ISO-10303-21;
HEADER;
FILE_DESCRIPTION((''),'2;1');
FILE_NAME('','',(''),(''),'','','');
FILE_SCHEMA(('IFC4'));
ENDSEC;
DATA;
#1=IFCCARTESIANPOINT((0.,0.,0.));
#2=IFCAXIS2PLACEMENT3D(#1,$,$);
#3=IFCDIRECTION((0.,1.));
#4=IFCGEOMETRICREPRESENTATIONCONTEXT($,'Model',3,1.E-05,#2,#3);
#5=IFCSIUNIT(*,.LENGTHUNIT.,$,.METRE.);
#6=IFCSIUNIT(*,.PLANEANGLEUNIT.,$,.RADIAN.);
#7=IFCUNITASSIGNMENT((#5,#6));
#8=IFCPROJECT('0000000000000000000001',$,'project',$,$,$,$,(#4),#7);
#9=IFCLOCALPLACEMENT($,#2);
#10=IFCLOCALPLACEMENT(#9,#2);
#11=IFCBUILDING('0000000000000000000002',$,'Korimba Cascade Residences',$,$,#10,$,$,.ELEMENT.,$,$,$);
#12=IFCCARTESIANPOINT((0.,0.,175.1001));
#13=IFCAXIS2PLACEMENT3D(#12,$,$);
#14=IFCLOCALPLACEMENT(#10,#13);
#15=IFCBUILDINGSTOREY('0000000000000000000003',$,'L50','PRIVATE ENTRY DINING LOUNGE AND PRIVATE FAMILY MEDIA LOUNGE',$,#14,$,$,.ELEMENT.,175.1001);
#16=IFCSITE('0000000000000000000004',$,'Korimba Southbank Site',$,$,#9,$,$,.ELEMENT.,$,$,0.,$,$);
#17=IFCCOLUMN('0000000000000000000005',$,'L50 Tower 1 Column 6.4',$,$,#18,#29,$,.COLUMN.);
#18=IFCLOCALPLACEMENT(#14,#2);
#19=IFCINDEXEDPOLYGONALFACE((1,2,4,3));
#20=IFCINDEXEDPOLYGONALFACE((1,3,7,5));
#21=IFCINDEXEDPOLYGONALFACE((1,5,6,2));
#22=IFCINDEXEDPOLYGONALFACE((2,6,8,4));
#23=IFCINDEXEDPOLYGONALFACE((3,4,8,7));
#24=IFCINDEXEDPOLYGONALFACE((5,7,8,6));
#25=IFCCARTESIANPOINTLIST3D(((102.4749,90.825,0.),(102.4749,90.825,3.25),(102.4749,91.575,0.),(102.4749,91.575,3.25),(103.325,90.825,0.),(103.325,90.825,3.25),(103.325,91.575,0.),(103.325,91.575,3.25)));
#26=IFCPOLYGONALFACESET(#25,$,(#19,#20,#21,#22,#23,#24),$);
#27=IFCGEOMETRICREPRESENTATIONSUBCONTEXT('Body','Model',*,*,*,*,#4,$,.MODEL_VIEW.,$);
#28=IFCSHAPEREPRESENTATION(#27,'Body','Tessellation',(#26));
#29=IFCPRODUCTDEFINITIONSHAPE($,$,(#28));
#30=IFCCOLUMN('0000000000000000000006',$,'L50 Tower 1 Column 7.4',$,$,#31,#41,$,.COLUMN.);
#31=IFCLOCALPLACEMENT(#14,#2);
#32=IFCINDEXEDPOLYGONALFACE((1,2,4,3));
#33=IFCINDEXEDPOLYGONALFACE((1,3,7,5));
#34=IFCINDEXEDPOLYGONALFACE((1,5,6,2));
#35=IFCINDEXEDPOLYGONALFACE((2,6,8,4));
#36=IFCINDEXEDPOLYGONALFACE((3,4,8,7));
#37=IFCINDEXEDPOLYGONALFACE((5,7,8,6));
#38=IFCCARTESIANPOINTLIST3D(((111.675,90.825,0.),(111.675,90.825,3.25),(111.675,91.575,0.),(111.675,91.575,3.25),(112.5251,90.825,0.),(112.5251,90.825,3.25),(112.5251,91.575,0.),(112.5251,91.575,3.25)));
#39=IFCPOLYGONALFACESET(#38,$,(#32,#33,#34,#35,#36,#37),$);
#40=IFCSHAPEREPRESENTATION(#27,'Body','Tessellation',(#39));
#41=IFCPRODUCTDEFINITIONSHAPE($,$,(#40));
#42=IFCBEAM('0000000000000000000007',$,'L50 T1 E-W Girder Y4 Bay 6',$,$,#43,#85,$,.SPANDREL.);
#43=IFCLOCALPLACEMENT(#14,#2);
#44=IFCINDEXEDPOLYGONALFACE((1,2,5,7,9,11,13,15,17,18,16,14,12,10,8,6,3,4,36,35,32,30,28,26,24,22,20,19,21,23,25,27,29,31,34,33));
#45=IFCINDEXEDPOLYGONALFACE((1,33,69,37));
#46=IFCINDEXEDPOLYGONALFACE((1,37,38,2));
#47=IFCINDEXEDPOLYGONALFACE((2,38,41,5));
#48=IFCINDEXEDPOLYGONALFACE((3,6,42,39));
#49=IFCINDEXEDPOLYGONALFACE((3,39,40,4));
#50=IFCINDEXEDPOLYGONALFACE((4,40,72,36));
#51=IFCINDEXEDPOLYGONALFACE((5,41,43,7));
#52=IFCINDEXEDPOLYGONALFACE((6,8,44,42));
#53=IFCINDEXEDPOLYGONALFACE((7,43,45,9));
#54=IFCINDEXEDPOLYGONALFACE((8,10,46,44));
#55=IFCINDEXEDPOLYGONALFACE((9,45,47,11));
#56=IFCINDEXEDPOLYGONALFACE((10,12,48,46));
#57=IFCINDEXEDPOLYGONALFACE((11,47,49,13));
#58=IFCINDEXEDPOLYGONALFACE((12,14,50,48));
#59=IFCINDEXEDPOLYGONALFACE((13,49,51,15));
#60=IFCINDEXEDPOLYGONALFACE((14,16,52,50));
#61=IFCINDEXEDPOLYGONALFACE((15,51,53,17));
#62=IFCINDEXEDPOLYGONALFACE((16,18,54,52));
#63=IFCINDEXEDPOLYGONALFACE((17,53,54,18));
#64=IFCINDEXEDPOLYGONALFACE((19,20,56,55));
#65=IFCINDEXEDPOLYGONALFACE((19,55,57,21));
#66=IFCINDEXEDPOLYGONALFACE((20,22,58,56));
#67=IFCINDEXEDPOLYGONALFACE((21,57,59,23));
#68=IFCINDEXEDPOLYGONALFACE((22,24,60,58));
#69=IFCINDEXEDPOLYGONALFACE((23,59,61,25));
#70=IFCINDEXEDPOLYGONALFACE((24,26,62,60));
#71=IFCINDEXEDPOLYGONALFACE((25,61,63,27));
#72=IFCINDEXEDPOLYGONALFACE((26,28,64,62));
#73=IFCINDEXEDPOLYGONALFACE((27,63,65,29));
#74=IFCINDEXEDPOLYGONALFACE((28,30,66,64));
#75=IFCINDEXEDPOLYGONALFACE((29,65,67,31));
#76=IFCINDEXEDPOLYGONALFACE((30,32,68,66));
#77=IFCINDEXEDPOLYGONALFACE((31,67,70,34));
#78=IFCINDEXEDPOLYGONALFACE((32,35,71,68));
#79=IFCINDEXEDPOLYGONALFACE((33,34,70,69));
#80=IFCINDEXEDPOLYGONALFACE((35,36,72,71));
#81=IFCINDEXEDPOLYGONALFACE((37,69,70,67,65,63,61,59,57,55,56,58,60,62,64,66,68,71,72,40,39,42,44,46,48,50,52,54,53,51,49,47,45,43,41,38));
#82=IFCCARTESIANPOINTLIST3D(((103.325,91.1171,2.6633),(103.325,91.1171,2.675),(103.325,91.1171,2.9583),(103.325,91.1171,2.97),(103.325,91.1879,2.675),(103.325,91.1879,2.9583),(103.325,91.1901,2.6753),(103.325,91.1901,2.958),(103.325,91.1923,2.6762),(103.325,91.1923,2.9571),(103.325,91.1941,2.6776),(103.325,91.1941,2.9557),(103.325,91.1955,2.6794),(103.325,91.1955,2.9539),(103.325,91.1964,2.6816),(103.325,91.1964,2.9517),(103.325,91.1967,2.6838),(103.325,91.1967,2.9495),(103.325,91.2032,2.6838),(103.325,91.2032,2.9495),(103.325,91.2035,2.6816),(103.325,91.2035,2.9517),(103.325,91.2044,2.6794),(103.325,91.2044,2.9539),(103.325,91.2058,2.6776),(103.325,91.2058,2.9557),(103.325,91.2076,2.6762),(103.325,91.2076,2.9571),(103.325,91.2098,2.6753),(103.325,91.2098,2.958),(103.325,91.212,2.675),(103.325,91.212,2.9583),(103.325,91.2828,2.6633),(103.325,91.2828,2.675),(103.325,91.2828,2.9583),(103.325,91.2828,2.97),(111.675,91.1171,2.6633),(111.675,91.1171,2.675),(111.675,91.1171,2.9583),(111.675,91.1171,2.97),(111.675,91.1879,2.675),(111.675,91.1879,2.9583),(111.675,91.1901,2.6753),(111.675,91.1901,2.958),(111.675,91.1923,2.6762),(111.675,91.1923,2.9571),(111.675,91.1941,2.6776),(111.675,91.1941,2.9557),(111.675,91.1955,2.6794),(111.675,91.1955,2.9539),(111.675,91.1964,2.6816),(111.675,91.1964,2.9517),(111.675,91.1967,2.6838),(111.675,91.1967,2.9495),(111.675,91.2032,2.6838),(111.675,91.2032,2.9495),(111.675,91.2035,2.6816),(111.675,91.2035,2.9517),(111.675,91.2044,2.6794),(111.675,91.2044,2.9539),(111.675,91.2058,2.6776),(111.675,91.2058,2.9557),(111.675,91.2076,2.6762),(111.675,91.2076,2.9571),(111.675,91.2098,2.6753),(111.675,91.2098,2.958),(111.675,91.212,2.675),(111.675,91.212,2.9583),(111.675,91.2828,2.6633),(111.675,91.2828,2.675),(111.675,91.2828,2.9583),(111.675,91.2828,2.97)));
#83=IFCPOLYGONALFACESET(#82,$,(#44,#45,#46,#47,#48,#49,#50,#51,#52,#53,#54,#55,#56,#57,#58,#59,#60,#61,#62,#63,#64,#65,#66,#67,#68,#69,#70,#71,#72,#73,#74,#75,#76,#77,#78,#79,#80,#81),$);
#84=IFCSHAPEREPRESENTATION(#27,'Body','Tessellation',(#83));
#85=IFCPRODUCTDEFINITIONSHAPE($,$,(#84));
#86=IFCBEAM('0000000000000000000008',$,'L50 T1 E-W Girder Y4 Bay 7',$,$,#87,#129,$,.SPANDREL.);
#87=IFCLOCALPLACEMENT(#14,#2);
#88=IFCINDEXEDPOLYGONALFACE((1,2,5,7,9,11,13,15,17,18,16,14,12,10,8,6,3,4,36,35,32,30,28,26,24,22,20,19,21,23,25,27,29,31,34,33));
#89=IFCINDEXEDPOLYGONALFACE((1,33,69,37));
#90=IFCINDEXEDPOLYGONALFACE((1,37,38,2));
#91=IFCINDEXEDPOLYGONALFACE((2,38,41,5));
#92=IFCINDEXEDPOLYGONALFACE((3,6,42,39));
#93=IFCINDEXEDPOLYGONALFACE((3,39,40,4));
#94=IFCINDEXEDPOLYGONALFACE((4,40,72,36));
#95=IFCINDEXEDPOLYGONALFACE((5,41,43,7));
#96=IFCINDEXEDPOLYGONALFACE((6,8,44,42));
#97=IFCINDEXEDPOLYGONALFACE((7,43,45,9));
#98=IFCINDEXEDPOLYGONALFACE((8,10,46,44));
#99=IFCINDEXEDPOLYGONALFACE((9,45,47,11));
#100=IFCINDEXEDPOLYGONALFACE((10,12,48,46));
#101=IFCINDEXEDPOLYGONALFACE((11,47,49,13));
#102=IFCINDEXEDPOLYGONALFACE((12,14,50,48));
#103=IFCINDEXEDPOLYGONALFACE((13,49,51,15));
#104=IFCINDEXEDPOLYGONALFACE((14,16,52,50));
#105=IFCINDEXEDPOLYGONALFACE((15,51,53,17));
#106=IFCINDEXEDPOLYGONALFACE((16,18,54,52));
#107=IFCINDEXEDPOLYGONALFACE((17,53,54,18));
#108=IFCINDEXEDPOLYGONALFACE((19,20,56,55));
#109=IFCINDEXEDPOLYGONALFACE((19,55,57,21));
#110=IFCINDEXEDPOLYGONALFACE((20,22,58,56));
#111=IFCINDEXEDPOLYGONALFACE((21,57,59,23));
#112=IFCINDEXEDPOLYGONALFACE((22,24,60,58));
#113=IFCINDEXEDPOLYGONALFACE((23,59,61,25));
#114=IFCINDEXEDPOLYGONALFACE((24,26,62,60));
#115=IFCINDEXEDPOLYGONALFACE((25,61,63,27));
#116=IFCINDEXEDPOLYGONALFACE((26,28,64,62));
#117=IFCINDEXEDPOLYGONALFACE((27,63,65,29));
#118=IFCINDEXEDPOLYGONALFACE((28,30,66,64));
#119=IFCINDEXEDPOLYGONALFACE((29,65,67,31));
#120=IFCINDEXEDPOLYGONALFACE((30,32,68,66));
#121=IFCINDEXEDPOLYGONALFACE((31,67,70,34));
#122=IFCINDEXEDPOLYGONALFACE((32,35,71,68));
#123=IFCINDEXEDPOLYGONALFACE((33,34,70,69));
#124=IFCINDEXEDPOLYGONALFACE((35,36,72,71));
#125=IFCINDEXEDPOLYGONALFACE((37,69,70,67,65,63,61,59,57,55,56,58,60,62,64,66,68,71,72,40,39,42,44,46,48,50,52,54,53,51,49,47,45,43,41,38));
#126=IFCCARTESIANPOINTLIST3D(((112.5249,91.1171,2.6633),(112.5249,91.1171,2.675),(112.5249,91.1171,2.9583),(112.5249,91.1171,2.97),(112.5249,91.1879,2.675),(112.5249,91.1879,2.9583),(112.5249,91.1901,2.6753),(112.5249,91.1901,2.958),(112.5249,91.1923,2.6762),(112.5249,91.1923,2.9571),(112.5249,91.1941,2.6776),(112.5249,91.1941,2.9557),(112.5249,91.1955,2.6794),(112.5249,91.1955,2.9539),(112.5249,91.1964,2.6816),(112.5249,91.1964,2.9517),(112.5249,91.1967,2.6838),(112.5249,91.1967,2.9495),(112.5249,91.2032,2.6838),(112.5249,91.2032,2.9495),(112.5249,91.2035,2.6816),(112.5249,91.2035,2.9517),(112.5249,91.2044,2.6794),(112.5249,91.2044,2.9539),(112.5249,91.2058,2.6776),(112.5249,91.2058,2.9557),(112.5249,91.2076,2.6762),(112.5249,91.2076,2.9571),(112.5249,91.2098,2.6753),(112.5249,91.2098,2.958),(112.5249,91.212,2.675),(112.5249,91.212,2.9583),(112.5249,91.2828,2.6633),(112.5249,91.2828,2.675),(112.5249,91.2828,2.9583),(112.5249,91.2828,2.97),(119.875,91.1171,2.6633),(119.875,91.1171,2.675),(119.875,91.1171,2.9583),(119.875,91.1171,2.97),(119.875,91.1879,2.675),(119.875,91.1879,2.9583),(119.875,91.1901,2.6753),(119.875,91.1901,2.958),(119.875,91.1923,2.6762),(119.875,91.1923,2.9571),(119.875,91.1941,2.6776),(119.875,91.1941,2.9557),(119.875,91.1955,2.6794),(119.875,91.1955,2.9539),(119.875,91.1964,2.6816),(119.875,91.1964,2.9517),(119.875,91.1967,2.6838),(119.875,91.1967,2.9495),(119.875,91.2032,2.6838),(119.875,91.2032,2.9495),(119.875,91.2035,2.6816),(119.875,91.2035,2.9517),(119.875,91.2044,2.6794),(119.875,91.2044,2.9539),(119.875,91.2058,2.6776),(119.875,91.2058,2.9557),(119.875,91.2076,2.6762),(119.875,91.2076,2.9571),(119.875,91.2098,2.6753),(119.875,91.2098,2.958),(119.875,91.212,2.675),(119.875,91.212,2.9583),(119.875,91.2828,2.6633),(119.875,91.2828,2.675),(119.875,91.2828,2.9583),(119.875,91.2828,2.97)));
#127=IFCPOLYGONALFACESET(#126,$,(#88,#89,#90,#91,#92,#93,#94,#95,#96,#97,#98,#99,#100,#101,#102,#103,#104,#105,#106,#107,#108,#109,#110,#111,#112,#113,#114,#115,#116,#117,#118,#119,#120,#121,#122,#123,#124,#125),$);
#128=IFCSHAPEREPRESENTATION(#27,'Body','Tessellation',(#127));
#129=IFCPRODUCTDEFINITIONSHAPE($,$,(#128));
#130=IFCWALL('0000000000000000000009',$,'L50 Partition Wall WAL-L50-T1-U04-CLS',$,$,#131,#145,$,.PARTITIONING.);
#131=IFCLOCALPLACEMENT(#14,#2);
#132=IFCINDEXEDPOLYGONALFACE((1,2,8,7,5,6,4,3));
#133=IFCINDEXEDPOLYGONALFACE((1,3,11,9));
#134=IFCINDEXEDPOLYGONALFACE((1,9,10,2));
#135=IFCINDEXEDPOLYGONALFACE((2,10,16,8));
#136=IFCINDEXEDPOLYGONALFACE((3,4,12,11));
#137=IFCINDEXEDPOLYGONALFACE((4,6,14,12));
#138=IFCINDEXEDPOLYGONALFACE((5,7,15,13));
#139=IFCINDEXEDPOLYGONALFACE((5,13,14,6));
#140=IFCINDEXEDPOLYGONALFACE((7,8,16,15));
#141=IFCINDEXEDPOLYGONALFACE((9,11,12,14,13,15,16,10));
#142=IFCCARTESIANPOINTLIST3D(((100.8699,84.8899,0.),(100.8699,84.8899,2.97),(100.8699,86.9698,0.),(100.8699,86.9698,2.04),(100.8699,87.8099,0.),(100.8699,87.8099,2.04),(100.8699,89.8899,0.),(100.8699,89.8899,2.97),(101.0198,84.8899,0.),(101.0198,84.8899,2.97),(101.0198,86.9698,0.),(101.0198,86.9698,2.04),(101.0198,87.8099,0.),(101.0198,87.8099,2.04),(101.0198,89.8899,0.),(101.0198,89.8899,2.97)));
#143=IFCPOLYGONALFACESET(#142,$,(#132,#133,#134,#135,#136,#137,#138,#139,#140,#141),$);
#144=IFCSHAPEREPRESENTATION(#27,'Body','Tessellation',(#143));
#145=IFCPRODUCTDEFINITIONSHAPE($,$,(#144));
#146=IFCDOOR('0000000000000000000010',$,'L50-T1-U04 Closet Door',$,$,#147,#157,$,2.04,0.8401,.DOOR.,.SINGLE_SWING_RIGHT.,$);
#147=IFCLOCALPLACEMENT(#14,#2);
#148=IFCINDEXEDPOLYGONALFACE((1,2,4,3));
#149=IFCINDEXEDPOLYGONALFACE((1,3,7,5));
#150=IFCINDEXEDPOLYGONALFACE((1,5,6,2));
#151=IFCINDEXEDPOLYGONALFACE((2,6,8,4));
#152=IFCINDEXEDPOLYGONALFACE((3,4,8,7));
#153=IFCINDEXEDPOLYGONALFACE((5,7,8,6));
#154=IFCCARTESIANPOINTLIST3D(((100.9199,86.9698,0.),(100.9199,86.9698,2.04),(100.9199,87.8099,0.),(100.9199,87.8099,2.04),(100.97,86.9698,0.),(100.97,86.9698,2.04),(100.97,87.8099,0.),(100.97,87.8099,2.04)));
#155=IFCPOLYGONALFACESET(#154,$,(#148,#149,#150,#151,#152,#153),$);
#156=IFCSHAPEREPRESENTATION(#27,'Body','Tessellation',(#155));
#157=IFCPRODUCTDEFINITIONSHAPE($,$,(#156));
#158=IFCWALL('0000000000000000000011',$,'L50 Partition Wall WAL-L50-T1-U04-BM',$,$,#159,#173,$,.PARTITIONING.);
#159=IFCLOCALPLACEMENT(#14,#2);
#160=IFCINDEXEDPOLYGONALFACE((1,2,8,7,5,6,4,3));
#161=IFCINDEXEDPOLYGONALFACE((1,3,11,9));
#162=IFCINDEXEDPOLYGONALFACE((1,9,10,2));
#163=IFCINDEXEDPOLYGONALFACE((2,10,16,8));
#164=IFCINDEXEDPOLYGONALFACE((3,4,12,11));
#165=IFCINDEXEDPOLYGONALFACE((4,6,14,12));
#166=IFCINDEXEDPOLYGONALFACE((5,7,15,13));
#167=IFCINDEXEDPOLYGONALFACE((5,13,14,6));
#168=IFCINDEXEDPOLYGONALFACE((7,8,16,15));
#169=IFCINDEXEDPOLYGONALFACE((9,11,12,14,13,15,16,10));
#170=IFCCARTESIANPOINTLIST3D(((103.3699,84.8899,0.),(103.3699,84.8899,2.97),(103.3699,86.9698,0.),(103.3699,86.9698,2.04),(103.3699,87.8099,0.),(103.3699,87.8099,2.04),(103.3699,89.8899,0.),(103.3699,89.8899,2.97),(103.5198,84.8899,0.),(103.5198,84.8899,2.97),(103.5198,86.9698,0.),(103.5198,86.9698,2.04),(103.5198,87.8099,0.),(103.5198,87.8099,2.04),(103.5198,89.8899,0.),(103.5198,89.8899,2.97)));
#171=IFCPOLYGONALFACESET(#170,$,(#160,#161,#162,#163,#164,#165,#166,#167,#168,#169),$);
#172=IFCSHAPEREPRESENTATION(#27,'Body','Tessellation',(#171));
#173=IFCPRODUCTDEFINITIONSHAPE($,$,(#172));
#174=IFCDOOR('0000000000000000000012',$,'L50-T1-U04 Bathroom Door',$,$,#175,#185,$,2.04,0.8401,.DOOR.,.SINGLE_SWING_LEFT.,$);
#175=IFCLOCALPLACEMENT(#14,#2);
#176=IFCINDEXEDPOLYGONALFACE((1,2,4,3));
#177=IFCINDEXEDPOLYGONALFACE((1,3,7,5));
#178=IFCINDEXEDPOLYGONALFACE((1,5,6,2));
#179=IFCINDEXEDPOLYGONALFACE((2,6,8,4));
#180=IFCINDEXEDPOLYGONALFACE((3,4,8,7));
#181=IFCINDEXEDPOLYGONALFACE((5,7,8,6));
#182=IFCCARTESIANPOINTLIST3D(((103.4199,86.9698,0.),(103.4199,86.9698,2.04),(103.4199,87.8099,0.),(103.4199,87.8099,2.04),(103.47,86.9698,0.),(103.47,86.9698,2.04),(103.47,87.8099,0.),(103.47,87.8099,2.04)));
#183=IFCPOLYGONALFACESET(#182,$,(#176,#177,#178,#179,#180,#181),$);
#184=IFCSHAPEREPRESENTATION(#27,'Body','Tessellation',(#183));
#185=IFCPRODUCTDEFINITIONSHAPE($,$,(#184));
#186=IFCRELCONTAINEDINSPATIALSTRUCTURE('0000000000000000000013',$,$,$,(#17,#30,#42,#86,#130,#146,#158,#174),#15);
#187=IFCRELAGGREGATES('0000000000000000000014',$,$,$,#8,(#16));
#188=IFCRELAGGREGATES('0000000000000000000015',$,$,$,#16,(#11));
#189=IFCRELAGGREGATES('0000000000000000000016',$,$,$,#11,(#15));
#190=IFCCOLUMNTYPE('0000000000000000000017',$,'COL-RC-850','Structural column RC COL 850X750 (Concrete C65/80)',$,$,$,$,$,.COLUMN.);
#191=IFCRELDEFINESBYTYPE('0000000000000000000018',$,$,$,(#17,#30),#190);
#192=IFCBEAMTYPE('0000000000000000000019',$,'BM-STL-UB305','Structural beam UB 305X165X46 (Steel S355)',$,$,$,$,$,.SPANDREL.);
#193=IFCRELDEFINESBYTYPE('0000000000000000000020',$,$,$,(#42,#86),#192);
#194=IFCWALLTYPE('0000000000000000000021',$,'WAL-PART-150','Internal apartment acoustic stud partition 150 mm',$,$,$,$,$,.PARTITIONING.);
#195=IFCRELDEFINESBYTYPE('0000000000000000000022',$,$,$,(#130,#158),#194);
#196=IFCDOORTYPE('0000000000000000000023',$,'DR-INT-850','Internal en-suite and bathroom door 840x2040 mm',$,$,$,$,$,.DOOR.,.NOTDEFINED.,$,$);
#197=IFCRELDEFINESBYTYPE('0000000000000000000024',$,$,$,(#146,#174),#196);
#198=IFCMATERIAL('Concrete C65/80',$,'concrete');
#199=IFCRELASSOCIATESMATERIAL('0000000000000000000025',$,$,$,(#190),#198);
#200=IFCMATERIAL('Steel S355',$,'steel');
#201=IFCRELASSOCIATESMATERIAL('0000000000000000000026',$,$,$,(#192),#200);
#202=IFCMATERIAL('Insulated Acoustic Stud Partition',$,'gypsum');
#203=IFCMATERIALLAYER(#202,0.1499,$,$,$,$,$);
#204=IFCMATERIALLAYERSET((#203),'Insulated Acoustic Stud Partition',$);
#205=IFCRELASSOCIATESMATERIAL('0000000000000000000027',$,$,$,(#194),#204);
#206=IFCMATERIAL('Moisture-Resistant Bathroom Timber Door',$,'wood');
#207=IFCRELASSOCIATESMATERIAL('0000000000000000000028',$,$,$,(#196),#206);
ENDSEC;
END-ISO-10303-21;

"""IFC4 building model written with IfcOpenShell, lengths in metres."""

from ifc_helpers import new_model, si_unit, direction, frame, frame_2d, origin, origin_2d, place, context, subcontext, project, spatial, rectangle, i_section, extrude, material, layer, layer_set, material_profile, profile_set, type_object, element, fill, save


model = new_model("IFC4")

# Units and contexts
model_context = context("Model", 3, precision=1e-05, world=origin(), true_north=direction((0.0, 1.0)))
body_context = subcontext(model_context, "Body", "Model", "MODEL_VIEW")
ifc_project = project(units=[si_unit("LENGTHUNIT", "METRE"), si_unit("PLANEANGLEUNIT", "RADIAN")], contexts=[model_context])

# Site, building, storey
site_placement = place(None, origin())
site = spatial("IfcSite", under=ifc_project, at=site_placement, Name="Korimba Southbank Site", CompositionType="ELEMENT", RefElevation=0.0)
building_placement = place(site_placement, origin())
building = spatial("IfcBuilding", under=site, at=building_placement, Name="Korimba Cascade Residences", CompositionType="ELEMENT")
storey_placement = place(building_placement, frame((0.0, 0.0, 175.1001)))
storey = spatial("IfcBuildingStorey", under=building, at=storey_placement, Name="L50", Description="PRIVATE ENTRY DINING LOUNGE AND PRIVATE FAMILY MEDIA LOUNGE", CompositionType="ELEMENT", Elevation=175.1001)

# Columns
ifc_material_1 = material(Name="Concrete C65/80", Category="concrete")
ifc_material_profile_1 = material_profile(ifc_material_1, rectangle(XDim=0.8501, YDim=0.75, at=origin_2d()), Name="Concrete C65/80")
ifc_profile_set_1 = profile_set([ifc_material_profile_1], Name="Concrete C65/80")
column_type = type_object("IfcColumnType", Name="COL-RC-850", Description="Structural column RC COL 850X750 (Concrete C65/80)", PredefinedType="COLUMN", material=ifc_profile_set_1)
for number, where, z_axis, x_axis, name in (
    (1, (102.8999, 91.2, 0.0), (0.0, 0.0, 1.0), (1.0, 0.0, 0.0), "L50 Tower 1 Column 6.4"),
    (2, (112.1001, 91.2, 0.0), (0.0, 0.0, 1.0), (1.0, 0.0, 0.0), "L50 Tower 1 Column 7.4"),
):
    element("IfcColumn", number, at=place(storey_placement, frame(where, z_axis=z_axis, x_axis=x_axis)), inside=storey, type_object=column_type, Name=name, PredefinedType="COLUMN", context=body_context, shape_type="SweptSolid", body=[
        extrude(rectangle(XDim=0.8501, YDim=0.75, at=origin_2d()), origin(), (0.0, 0.0, 1.0), 3.25),
    ])

# Beams
ifc_material_2 = material(Name="Steel S355", Category="steel")
ifc_material_profile_2 = material_profile(ifc_material_2, i_section(OverallWidth=0.1658, OverallDepth=0.3066, WebThickness=0.0066, FlangeThickness=0.0117, FilletRadius=0.0088, at=origin_2d()), Name="Steel S355")
ifc_profile_set_2 = profile_set([ifc_material_profile_2], Name="Steel S355")
beam_type = type_object("IfcBeamType", Name="BM-STL-UB305", Description="Structural beam UB 305X165X46 (Steel S355)", PredefinedType="SPANDREL", material=ifc_profile_set_2)
beam_1_placement = place(storey_placement, frame((103.325, 91.2, 2.8167), z_axis=(1.0, 0.0, 0.0), x_axis=(0.0, 1.0, 0.0)))
element("IfcBeam", 3, at=beam_1_placement, inside=storey, type_object=beam_type, Name="L50 T1 E-W Girder Y4 Bay 6", PredefinedType="SPANDREL", context=body_context, shape_type="SweptSolid", body=[
    extrude(i_section(OverallWidth=0.1658, OverallDepth=0.3066, WebThickness=0.0066, FlangeThickness=0.0117, FilletRadius=0.0088, at=origin_2d()), origin(), (0.0, 0.0, 1.0), 8.3501),
])
beam_2_placement = place(storey_placement, frame((112.5249, 91.2, 2.8167), z_axis=(1.0, 0.0, 0.0), x_axis=(0.0, 1.0, 0.0)))
element("IfcBeam", 4, at=beam_2_placement, inside=storey, type_object=beam_type, Name="L50 T1 E-W Girder Y4 Bay 7", PredefinedType="SPANDREL", context=body_context, shape_type="SweptSolid", body=[
    extrude(i_section(OverallWidth=0.1658, OverallDepth=0.3066, WebThickness=0.0066, FlangeThickness=0.0117, FilletRadius=0.0088, at=origin_2d()), origin(), (0.0, 0.0, 1.0), 7.3501),
])

# Walls, openings, doors
ifc_material_3 = material(Name="Insulated Acoustic Stud Partition", Category="gypsum")
ifc_layer = layer(ifc_material_3, 0.1499)
ifc_layer_set = layer_set([ifc_layer], Name="Insulated Acoustic Stud Partition")
wall_type = type_object("IfcWallType", Name="WAL-PART-150", Description="Internal apartment acoustic stud partition 150 mm", PredefinedType="PARTITIONING", material=ifc_layer_set)
wall_1_placement = place(storey_placement, frame((100.9448, 84.8899, 0.0), z_axis=(0.0, 0.0, 1.0), x_axis=(0.0, 1.0, 0.0)))
wall_1 = element("IfcWall", 5, at=wall_1_placement, inside=storey, type_object=wall_type, Name="L50 Partition Wall WAL-L50-T1-U04-CLS", PredefinedType="PARTITIONING", context=body_context, shape_type="SweptSolid", body=[
    extrude(rectangle(XDim=5.0, YDim=0.1499, at=frame_2d((2.5, 0.0))), origin(), (0.0, 0.0, 1.0), 2.97),
])
opening_1_placement = place(wall_1_placement, frame((2.0801, 0.0, 0.0)))
opening_1 = element("IfcOpeningElement", 6, at=opening_1_placement, cuts=wall_1, PredefinedType="OPENING", context=body_context, shape_type="SweptSolid", body=[
    extrude(rectangle(XDim=0.8401, YDim=2.04, at=frame_2d((0.4199, 1.02))), frame((0.0, 0.085, 0.0), z_axis=(0.0, -1.0, 0.0), x_axis=(1.0, 0.0, 0.0)), (0.0, 0.0, 1.0), 0.1699),
])
ifc_material_4 = material(Name="Moisture-Resistant Bathroom Timber Door", Category="wood")
door_type_1 = type_object("IfcDoorType", Name="DR-INT-850", Description="Internal en-suite and bathroom door 840x2040 mm", OperationType="NOTDEFINED", PredefinedType="DOOR", material=ifc_material_4)
door_1_placement = place(opening_1_placement, origin())
door_1 = element("IfcDoor", 7, at=door_1_placement, inside=storey, type_object=door_type_1, Name="L50-T1-U04 Closet Door", OperationType="SINGLE_SWING_RIGHT", OverallHeight=2.04, OverallWidth=0.8401, PredefinedType="DOOR", context=body_context, shape_type="SweptSolid", body=[
    extrude(rectangle(XDim=0.8401, YDim=2.04, at=frame_2d((0.4199, 1.02))), frame((0.0, 0.0249, 0.0), z_axis=(0.0, -1.0, 0.0), x_axis=(1.0, 0.0, 0.0)), (0.0, 0.0, 1.0), 0.05),
])
fill(opening_1, door_1)
wall_2_placement = place(storey_placement, frame((103.4448, 84.8899, 0.0), z_axis=(0.0, 0.0, 1.0), x_axis=(0.0, 1.0, 0.0)))
wall_2 = element("IfcWall", 8, at=wall_2_placement, inside=storey, type_object=wall_type, Name="L50 Partition Wall WAL-L50-T1-U04-BM", PredefinedType="PARTITIONING", context=body_context, shape_type="SweptSolid", body=[
    extrude(rectangle(XDim=5.0, YDim=0.1499, at=frame_2d((2.5, 0.0))), origin(), (0.0, 0.0, 1.0), 2.97),
])
opening_2_placement = place(wall_2_placement, frame((2.0801, 0.0, 0.0)))
opening_2 = element("IfcOpeningElement", 9, at=opening_2_placement, cuts=wall_2, PredefinedType="OPENING", context=body_context, shape_type="SweptSolid", body=[
    extrude(rectangle(XDim=0.8401, YDim=2.04, at=frame_2d((0.4199, 1.02))), frame((0.0, 0.085, 0.0), z_axis=(0.0, -1.0, 0.0), x_axis=(1.0, 0.0, 0.0)), (0.0, 0.0, 1.0), 0.1699),
])
door_2_placement = place(opening_2_placement, origin())
door_2 = element("IfcDoor", 10, at=door_2_placement, inside=storey, type_object=door_type_1, Name="L50-T1-U04 Bathroom Door", OperationType="SINGLE_SWING_LEFT", OverallHeight=2.04, OverallWidth=0.8401, PredefinedType="DOOR", context=body_context, shape_type="SweptSolid", body=[
    extrude(rectangle(XDim=0.8401, YDim=2.04, at=frame_2d((0.4199, 1.02))), frame((0.0, 0.0249, 0.0), z_axis=(0.0, -1.0, 0.0), x_axis=(1.0, 0.0, 0.0)), (0.0, 0.0, 1.0), 0.05),
])
fill(opening_2, door_2)

save(model, "model.ifc")
